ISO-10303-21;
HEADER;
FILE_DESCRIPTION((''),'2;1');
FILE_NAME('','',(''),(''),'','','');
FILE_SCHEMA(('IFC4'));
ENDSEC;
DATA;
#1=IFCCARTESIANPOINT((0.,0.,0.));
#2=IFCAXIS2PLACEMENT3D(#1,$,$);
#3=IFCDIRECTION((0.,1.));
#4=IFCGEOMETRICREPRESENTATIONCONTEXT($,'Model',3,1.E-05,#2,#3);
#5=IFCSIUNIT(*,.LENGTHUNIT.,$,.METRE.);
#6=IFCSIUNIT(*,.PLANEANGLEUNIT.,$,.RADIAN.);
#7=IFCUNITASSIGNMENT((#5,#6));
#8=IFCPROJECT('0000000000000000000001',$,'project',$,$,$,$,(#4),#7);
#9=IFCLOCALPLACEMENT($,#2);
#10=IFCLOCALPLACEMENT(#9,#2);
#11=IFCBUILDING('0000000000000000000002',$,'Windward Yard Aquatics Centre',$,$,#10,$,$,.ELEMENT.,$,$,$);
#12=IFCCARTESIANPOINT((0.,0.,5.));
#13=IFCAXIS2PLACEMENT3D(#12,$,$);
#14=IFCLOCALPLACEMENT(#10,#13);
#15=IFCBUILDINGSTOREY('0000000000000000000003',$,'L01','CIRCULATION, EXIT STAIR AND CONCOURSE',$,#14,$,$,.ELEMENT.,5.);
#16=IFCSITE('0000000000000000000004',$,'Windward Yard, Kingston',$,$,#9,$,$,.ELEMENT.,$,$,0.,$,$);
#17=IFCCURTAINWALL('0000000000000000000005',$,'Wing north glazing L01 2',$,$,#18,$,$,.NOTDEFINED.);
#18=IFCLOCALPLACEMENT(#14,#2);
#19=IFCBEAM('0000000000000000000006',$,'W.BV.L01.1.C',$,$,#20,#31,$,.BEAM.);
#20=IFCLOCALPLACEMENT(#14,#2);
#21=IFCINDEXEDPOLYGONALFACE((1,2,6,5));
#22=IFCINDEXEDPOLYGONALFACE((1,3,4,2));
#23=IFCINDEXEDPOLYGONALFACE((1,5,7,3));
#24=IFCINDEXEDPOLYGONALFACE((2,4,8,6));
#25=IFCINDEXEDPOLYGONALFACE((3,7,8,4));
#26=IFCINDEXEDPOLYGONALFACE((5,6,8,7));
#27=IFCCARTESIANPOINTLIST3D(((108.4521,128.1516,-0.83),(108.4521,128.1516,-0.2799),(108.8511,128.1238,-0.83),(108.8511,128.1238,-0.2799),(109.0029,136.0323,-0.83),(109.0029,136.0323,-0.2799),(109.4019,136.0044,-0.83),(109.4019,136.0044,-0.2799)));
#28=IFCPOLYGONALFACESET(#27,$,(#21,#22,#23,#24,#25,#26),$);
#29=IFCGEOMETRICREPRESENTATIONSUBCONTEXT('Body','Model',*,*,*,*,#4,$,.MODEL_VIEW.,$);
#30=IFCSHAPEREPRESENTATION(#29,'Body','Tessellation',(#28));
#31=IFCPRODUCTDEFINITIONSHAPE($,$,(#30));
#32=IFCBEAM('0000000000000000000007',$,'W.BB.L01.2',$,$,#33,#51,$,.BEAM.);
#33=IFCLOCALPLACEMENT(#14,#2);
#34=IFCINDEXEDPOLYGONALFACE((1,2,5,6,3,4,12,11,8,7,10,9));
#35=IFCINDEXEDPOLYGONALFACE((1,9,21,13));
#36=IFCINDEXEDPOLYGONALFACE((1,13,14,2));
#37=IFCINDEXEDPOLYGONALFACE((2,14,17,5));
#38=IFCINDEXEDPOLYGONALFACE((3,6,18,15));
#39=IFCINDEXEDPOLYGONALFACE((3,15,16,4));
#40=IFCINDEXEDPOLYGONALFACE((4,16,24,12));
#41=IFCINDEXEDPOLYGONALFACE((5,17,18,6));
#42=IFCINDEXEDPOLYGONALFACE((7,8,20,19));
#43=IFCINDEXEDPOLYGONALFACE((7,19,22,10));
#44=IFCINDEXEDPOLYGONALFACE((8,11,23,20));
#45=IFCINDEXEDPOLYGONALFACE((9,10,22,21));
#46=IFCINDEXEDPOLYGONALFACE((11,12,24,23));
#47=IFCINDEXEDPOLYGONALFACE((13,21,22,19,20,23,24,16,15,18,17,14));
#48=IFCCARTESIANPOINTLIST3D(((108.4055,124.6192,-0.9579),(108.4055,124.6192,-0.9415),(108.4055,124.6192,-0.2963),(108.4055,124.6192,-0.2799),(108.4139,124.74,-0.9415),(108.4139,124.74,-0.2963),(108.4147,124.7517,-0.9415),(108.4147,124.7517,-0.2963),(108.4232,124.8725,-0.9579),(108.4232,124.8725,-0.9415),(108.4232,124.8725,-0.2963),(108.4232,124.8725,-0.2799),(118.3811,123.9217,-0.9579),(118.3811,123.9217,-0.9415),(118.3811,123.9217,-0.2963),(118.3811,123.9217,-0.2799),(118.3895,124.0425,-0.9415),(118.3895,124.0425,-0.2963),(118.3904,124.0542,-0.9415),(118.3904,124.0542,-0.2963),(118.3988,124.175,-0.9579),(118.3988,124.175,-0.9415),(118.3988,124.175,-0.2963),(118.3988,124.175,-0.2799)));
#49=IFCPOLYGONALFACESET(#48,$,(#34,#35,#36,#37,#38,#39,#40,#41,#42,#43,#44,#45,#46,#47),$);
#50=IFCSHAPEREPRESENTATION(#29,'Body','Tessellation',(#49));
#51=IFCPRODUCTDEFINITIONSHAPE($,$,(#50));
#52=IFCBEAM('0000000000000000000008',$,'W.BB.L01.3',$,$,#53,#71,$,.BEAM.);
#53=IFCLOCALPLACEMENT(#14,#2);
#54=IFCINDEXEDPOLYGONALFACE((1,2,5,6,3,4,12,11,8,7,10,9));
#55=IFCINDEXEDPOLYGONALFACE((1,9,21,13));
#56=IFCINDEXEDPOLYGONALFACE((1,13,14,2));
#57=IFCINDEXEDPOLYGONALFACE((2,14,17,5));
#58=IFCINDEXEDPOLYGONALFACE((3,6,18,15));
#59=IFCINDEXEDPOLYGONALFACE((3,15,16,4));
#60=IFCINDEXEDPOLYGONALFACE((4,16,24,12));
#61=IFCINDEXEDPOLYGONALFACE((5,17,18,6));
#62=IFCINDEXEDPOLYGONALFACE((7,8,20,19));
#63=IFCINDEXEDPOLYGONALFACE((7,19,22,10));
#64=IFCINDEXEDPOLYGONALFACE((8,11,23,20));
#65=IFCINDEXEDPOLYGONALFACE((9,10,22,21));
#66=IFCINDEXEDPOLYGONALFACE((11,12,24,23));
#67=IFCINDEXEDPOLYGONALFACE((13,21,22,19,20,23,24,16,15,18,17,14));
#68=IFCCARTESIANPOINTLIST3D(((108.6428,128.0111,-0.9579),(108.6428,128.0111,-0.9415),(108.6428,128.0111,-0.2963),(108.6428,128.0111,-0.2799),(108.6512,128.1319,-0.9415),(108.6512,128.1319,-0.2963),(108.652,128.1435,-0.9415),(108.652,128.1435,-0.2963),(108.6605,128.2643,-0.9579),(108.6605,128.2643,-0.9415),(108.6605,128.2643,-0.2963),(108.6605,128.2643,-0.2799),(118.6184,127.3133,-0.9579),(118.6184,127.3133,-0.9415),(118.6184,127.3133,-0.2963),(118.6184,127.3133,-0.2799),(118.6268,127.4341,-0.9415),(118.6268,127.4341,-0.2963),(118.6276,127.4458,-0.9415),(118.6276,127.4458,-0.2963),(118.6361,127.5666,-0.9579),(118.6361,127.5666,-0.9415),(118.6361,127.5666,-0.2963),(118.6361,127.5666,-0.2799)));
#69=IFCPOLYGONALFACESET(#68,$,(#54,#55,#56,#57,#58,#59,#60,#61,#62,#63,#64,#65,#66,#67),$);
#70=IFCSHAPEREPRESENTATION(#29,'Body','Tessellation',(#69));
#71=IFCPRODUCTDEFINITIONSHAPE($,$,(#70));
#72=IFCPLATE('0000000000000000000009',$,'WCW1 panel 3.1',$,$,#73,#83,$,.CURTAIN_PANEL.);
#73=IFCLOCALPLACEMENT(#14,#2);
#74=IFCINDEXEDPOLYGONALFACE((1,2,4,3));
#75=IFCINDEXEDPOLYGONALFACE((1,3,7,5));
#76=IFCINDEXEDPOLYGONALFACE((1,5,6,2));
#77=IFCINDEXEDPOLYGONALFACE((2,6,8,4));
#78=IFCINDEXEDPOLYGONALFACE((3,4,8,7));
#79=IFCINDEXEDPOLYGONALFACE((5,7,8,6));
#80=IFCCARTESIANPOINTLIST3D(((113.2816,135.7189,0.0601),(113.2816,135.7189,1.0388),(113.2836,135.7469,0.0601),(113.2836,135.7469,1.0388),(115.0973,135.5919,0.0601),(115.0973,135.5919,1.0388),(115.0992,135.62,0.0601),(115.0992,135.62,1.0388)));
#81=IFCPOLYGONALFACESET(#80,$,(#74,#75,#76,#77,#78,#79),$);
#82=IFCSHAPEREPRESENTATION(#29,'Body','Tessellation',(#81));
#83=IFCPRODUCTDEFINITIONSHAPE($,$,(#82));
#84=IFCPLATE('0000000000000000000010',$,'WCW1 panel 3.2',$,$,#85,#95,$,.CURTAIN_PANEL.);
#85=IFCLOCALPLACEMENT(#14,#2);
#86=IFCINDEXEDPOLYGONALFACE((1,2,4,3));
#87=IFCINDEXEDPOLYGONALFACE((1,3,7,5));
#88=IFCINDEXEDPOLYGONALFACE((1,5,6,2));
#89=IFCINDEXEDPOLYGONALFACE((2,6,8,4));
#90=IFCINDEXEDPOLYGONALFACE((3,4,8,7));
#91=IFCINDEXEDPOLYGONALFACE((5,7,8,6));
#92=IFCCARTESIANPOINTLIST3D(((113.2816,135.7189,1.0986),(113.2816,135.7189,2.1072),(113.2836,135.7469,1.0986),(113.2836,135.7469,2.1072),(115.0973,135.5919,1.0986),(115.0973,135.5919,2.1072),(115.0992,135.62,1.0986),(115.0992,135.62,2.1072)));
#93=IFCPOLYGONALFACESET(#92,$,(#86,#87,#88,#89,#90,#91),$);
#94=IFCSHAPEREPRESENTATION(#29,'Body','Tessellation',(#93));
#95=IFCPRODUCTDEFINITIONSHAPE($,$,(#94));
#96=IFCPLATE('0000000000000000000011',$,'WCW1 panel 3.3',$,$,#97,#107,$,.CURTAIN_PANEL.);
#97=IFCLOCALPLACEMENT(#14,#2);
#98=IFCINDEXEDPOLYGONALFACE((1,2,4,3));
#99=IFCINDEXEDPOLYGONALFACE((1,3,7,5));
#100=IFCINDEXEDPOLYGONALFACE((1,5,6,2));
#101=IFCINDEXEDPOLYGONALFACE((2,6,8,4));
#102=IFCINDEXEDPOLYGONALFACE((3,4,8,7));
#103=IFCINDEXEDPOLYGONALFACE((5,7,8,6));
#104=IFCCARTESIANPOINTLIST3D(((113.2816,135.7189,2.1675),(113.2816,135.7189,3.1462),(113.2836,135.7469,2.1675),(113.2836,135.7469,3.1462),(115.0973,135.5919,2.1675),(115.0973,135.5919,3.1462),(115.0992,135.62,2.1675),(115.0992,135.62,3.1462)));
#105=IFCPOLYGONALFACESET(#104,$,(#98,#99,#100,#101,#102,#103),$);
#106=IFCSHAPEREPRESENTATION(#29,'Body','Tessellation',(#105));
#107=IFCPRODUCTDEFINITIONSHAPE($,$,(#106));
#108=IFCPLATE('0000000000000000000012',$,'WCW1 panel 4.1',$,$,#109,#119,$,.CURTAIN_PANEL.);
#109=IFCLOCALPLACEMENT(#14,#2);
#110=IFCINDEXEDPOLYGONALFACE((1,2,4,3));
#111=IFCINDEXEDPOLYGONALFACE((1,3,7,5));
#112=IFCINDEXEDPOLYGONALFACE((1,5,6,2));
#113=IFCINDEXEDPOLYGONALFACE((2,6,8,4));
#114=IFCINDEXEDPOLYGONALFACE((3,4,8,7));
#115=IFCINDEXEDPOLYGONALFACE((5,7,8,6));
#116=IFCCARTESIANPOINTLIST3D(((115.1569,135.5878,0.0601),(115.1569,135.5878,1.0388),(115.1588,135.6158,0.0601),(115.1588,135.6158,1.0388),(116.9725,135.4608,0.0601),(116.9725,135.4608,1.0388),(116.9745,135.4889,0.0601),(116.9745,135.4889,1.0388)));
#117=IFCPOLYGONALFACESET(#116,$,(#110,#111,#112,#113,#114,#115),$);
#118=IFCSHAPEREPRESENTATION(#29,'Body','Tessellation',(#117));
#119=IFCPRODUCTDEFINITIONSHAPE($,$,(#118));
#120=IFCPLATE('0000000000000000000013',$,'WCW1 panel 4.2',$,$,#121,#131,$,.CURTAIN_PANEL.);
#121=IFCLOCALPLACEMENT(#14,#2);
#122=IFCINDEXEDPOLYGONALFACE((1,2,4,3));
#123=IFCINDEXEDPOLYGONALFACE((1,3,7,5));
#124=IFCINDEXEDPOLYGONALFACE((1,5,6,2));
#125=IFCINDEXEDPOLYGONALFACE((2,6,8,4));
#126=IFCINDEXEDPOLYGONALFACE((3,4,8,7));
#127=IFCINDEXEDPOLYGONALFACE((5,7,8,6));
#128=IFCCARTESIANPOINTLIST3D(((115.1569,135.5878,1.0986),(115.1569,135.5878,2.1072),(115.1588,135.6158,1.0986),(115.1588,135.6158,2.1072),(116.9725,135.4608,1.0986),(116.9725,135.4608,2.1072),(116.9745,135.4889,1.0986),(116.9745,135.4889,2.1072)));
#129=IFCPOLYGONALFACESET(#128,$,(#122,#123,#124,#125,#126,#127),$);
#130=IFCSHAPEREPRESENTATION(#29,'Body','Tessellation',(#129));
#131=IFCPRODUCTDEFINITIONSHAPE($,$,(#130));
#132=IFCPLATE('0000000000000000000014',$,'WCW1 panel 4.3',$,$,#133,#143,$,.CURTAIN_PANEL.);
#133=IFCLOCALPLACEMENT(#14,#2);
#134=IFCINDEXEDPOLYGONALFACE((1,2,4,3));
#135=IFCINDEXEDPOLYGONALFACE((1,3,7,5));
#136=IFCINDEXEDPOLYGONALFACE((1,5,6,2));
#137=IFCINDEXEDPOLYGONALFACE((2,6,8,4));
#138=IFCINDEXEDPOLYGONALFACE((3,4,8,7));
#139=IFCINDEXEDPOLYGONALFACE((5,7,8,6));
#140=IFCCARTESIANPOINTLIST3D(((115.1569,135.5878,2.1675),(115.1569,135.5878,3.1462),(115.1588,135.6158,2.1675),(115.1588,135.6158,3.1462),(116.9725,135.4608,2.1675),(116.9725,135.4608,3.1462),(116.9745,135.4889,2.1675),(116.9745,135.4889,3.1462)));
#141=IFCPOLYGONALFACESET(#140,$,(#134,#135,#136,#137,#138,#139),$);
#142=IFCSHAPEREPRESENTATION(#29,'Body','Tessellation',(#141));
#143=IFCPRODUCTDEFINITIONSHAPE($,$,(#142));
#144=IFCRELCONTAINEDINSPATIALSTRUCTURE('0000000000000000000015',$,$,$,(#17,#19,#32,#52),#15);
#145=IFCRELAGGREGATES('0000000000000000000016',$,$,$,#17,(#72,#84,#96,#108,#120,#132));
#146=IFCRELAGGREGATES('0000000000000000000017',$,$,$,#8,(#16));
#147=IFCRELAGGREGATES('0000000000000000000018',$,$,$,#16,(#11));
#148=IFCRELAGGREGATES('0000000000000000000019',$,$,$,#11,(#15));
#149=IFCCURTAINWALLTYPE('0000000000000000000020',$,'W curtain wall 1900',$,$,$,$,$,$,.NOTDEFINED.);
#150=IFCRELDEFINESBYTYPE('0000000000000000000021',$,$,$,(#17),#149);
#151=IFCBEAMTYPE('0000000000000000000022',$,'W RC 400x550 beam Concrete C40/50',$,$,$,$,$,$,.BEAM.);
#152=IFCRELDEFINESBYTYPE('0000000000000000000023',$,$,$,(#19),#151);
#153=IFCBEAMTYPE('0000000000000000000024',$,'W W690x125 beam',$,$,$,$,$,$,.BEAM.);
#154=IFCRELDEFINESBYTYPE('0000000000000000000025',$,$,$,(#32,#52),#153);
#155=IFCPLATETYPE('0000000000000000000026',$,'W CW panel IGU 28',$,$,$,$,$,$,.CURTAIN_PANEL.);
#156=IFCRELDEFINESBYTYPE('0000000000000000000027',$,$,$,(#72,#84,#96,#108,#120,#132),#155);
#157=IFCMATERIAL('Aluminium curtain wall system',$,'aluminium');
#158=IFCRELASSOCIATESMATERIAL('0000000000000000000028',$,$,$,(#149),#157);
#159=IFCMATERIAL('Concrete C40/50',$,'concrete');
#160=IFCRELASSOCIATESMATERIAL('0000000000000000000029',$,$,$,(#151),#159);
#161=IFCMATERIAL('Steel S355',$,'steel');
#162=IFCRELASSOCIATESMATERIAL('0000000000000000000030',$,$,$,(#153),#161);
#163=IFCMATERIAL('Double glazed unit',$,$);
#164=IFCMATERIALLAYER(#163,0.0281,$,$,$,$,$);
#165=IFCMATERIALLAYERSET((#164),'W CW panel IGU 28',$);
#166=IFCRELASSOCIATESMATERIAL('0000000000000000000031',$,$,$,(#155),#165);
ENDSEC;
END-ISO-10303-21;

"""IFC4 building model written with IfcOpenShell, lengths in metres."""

from ifc_helpers import new_model, si_unit, direction, frame, origin, origin_2d, place, context, subcontext, project, spatial, rectangle, i_section, extrude, material, layer, layer_set, material_profile, profile_set, type_object, element, aggregate, save


model = new_model("IFC4")

# Units and contexts
model_context = context("Model", 3, precision=1e-05, world=origin(), true_north=direction((0.0, 1.0)))
body_context = subcontext(model_context, "Body", "Model", "MODEL_VIEW")
ifc_project = project(units=[si_unit("LENGTHUNIT", "METRE"), si_unit("PLANEANGLEUNIT", "RADIAN")], contexts=[model_context])

# Site, building, storey
site_placement = place(None, origin())
site = spatial("IfcSite", under=ifc_project, at=site_placement, Name="Windward Yard, Kingston", CompositionType="ELEMENT", RefElevation=0.0)
building_placement = place(site_placement, origin())
building = spatial("IfcBuilding", under=site, at=building_placement, Name="Windward Yard Aquatics Centre", CompositionType="ELEMENT")
storey_placement = place(building_placement, frame((0.0, 0.0, 5.0)))
storey = spatial("IfcBuildingStorey", under=building, at=storey_placement, Name="L01", Description="CIRCULATION, EXIT STAIR AND CONCOURSE", CompositionType="ELEMENT", Elevation=5.0)

# Curtain wall
ifc_material_1 = material(Name="Aluminium curtain wall system", Category="aluminium")
curtain_wall_type = type_object("IfcCurtainWallType", Name="W curtain wall 1900", PredefinedType="NOTDEFINED", material=ifc_material_1)
curtain_wall_placement = place(storey_placement, origin())
curtain_wall = element("IfcCurtainWall", 1, at=curtain_wall_placement, inside=storey, type_object=curtain_wall_type, Name="Wing north glazing L01 2", PredefinedType="NOTDEFINED")

# Beams
ifc_material_2 = material(Name="Concrete C40/50", Category="concrete")
ifc_material_profile_1 = material_profile(ifc_material_2, rectangle(XDim=0.3999, YDim=0.55, at=origin_2d()), Name="RC 400x550")
ifc_profile_set_1 = profile_set([ifc_material_profile_1], Name="Concrete C40/50")
beam_type_1 = type_object("IfcBeamType", Name="W RC 400x550 beam Concrete C40/50", PredefinedType="BEAM", material=ifc_profile_set_1)
beam_1_placement = place(storey_placement, frame((108.6516, 128.1377, -0.5549), z_axis=(0.069721, 0.997567, 0.0), x_axis=(-0.997567, 0.069721, 0.0)))
element("IfcBeam", 2, at=beam_1_placement, inside=storey, type_object=beam_type_1, Name="W.BV.L01.1.C", PredefinedType="BEAM", context=body_context, shape_type="SweptSolid", body=[
    extrude(rectangle(XDim=0.3999, YDim=0.55, at=origin_2d()), origin(), (0.0, 0.0, 1.0), 7.8999),
])
ifc_material_3 = material(Name="Steel S355", Category="steel")
ifc_material_profile_2 = material_profile(ifc_material_3, i_section(OverallWidth=0.2539, OverallDepth=0.678, WebThickness=0.0117, FlangeThickness=0.0164, at=origin_2d()), Name="W690x125")
ifc_profile_set_2 = profile_set([ifc_material_profile_2], Name="Steel S355")
beam_type_2 = type_object("IfcBeamType", Name="W W690x125 beam", PredefinedType="BEAM", material=ifc_profile_set_2)
for number, where, z_axis, x_axis, name in (
    (3, (108.4143, 124.7458, -0.6189), (0.997564, -0.069751, 0.0), (0.069751, 0.997564, 0.0), "W.BB.L01.2"),
    (4, (108.6516, 128.1377, -0.6189), (0.997563, -0.069776, 0.0), (0.069776, 0.997563, 0.0), "W.BB.L01.3"),
):
    element("IfcBeam", number, at=place(storey_placement, frame(where, z_axis=z_axis, x_axis=x_axis)), inside=storey, type_object=beam_type_2, Name=name, PredefinedType="BEAM", context=body_context, shape_type="SweptSolid", body=[
        extrude(i_section(OverallWidth=0.2539, OverallDepth=0.678, WebThickness=0.0117, FlangeThickness=0.0164, at=origin_2d()), origin(), (0.0, 0.0, 1.0), 10.0),
    ])

# Plates
ifc_material_4 = material(Name="Double glazed unit")
ifc_layer = layer(ifc_material_4, 0.0281)
ifc_layer_set = layer_set([ifc_layer], Name="W CW panel IGU 28")
plate_type = type_object("IfcPlateType", Name="W CW panel IGU 28", PredefinedType="CURTAIN_PANEL", material=ifc_layer_set)
plate_1_placement = place(storey_placement, frame((114.1904, 135.6694, 0.0601), z_axis=(0.0, 0.0, 1.0), x_axis=(0.997564, -0.069755, 0.0)))
plate_1 = element("IfcPlate", 5, at=plate_1_placement, type_object=plate_type, Name="WCW1 panel 3.1", PredefinedType="CURTAIN_PANEL", context=body_context, shape_type="SweptSolid", body=[
    extrude(rectangle(XDim=1.8201, YDim=0.0281, at=origin_2d()), origin(), (0.0, 0.0, 1.0), 0.9788),
])
plate_2_placement = place(storey_placement, frame((114.1904, 135.6694, 1.0986), z_axis=(0.0, 0.0, 1.0), x_axis=(0.997564, -0.069755, 0.0)))
plate_2 = element("IfcPlate", 6, at=plate_2_placement, type_object=plate_type, Name="WCW1 panel 3.2", PredefinedType="CURTAIN_PANEL", context=body_context, shape_type="SweptSolid", body=[
    extrude(rectangle(XDim=1.8201, YDim=0.0281, at=origin_2d()), origin(), (0.0, 0.0, 1.0), 1.0085),
])
plate_3_placement = place(storey_placement, frame((114.1904, 135.6694, 2.1675), z_axis=(0.0, 0.0, 1.0), x_axis=(0.997564, -0.069755, 0.0)))
plate_3 = element("IfcPlate", 7, at=plate_3_placement, type_object=plate_type, Name="WCW1 panel 3.3", PredefinedType="CURTAIN_PANEL", context=body_context, shape_type="SweptSolid", body=[
    extrude(rectangle(XDim=1.8201, YDim=0.0281, at=origin_2d()), origin(), (0.0, 0.0, 1.0), 0.9788),
])
plate_4_placement = place(storey_placement, frame((116.0657, 135.5383, 0.0601), z_axis=(0.0, 0.0, 1.0), x_axis=(0.997564, -0.069755, 0.0)))
plate_4 = element("IfcPlate", 8, at=plate_4_placement, type_object=plate_type, Name="WCW1 panel 4.1", PredefinedType="CURTAIN_PANEL", context=body_context, shape_type="SweptSolid", body=[
    extrude(rectangle(XDim=1.8201, YDim=0.0281, at=origin_2d()), origin(), (0.0, 0.0, 1.0), 0.9788),
])
plate_5_placement = place(storey_placement, frame((116.0657, 135.5383, 1.0986), z_axis=(0.0, 0.0, 1.0), x_axis=(0.997564, -0.069755, 0.0)))
plate_5 = element("IfcPlate", 9, at=plate_5_placement, type_object=plate_type, Name="WCW1 panel 4.2", PredefinedType="CURTAIN_PANEL", context=body_context, shape_type="SweptSolid", body=[
    extrude(rectangle(XDim=1.8201, YDim=0.0281, at=origin_2d()), origin(), (0.0, 0.0, 1.0), 1.0085),
])
plate_6_placement = place(storey_placement, frame((116.0657, 135.5383, 2.1675), z_axis=(0.0, 0.0, 1.0), x_axis=(0.997564, -0.069755, 0.0)))
plate_6 = element("IfcPlate", 10, at=plate_6_placement, type_object=plate_type, Name="WCW1 panel 4.3", PredefinedType="CURTAIN_PANEL", context=body_context, shape_type="SweptSolid", body=[
    extrude(rectangle(XDim=1.8201, YDim=0.0281, at=origin_2d()), origin(), (0.0, 0.0, 1.0), 0.9788),
])
aggregate(curtain_wall, [plate_1, plate_2, plate_3, plate_4, plate_5, plate_6])

save(model, "model.ifc")
